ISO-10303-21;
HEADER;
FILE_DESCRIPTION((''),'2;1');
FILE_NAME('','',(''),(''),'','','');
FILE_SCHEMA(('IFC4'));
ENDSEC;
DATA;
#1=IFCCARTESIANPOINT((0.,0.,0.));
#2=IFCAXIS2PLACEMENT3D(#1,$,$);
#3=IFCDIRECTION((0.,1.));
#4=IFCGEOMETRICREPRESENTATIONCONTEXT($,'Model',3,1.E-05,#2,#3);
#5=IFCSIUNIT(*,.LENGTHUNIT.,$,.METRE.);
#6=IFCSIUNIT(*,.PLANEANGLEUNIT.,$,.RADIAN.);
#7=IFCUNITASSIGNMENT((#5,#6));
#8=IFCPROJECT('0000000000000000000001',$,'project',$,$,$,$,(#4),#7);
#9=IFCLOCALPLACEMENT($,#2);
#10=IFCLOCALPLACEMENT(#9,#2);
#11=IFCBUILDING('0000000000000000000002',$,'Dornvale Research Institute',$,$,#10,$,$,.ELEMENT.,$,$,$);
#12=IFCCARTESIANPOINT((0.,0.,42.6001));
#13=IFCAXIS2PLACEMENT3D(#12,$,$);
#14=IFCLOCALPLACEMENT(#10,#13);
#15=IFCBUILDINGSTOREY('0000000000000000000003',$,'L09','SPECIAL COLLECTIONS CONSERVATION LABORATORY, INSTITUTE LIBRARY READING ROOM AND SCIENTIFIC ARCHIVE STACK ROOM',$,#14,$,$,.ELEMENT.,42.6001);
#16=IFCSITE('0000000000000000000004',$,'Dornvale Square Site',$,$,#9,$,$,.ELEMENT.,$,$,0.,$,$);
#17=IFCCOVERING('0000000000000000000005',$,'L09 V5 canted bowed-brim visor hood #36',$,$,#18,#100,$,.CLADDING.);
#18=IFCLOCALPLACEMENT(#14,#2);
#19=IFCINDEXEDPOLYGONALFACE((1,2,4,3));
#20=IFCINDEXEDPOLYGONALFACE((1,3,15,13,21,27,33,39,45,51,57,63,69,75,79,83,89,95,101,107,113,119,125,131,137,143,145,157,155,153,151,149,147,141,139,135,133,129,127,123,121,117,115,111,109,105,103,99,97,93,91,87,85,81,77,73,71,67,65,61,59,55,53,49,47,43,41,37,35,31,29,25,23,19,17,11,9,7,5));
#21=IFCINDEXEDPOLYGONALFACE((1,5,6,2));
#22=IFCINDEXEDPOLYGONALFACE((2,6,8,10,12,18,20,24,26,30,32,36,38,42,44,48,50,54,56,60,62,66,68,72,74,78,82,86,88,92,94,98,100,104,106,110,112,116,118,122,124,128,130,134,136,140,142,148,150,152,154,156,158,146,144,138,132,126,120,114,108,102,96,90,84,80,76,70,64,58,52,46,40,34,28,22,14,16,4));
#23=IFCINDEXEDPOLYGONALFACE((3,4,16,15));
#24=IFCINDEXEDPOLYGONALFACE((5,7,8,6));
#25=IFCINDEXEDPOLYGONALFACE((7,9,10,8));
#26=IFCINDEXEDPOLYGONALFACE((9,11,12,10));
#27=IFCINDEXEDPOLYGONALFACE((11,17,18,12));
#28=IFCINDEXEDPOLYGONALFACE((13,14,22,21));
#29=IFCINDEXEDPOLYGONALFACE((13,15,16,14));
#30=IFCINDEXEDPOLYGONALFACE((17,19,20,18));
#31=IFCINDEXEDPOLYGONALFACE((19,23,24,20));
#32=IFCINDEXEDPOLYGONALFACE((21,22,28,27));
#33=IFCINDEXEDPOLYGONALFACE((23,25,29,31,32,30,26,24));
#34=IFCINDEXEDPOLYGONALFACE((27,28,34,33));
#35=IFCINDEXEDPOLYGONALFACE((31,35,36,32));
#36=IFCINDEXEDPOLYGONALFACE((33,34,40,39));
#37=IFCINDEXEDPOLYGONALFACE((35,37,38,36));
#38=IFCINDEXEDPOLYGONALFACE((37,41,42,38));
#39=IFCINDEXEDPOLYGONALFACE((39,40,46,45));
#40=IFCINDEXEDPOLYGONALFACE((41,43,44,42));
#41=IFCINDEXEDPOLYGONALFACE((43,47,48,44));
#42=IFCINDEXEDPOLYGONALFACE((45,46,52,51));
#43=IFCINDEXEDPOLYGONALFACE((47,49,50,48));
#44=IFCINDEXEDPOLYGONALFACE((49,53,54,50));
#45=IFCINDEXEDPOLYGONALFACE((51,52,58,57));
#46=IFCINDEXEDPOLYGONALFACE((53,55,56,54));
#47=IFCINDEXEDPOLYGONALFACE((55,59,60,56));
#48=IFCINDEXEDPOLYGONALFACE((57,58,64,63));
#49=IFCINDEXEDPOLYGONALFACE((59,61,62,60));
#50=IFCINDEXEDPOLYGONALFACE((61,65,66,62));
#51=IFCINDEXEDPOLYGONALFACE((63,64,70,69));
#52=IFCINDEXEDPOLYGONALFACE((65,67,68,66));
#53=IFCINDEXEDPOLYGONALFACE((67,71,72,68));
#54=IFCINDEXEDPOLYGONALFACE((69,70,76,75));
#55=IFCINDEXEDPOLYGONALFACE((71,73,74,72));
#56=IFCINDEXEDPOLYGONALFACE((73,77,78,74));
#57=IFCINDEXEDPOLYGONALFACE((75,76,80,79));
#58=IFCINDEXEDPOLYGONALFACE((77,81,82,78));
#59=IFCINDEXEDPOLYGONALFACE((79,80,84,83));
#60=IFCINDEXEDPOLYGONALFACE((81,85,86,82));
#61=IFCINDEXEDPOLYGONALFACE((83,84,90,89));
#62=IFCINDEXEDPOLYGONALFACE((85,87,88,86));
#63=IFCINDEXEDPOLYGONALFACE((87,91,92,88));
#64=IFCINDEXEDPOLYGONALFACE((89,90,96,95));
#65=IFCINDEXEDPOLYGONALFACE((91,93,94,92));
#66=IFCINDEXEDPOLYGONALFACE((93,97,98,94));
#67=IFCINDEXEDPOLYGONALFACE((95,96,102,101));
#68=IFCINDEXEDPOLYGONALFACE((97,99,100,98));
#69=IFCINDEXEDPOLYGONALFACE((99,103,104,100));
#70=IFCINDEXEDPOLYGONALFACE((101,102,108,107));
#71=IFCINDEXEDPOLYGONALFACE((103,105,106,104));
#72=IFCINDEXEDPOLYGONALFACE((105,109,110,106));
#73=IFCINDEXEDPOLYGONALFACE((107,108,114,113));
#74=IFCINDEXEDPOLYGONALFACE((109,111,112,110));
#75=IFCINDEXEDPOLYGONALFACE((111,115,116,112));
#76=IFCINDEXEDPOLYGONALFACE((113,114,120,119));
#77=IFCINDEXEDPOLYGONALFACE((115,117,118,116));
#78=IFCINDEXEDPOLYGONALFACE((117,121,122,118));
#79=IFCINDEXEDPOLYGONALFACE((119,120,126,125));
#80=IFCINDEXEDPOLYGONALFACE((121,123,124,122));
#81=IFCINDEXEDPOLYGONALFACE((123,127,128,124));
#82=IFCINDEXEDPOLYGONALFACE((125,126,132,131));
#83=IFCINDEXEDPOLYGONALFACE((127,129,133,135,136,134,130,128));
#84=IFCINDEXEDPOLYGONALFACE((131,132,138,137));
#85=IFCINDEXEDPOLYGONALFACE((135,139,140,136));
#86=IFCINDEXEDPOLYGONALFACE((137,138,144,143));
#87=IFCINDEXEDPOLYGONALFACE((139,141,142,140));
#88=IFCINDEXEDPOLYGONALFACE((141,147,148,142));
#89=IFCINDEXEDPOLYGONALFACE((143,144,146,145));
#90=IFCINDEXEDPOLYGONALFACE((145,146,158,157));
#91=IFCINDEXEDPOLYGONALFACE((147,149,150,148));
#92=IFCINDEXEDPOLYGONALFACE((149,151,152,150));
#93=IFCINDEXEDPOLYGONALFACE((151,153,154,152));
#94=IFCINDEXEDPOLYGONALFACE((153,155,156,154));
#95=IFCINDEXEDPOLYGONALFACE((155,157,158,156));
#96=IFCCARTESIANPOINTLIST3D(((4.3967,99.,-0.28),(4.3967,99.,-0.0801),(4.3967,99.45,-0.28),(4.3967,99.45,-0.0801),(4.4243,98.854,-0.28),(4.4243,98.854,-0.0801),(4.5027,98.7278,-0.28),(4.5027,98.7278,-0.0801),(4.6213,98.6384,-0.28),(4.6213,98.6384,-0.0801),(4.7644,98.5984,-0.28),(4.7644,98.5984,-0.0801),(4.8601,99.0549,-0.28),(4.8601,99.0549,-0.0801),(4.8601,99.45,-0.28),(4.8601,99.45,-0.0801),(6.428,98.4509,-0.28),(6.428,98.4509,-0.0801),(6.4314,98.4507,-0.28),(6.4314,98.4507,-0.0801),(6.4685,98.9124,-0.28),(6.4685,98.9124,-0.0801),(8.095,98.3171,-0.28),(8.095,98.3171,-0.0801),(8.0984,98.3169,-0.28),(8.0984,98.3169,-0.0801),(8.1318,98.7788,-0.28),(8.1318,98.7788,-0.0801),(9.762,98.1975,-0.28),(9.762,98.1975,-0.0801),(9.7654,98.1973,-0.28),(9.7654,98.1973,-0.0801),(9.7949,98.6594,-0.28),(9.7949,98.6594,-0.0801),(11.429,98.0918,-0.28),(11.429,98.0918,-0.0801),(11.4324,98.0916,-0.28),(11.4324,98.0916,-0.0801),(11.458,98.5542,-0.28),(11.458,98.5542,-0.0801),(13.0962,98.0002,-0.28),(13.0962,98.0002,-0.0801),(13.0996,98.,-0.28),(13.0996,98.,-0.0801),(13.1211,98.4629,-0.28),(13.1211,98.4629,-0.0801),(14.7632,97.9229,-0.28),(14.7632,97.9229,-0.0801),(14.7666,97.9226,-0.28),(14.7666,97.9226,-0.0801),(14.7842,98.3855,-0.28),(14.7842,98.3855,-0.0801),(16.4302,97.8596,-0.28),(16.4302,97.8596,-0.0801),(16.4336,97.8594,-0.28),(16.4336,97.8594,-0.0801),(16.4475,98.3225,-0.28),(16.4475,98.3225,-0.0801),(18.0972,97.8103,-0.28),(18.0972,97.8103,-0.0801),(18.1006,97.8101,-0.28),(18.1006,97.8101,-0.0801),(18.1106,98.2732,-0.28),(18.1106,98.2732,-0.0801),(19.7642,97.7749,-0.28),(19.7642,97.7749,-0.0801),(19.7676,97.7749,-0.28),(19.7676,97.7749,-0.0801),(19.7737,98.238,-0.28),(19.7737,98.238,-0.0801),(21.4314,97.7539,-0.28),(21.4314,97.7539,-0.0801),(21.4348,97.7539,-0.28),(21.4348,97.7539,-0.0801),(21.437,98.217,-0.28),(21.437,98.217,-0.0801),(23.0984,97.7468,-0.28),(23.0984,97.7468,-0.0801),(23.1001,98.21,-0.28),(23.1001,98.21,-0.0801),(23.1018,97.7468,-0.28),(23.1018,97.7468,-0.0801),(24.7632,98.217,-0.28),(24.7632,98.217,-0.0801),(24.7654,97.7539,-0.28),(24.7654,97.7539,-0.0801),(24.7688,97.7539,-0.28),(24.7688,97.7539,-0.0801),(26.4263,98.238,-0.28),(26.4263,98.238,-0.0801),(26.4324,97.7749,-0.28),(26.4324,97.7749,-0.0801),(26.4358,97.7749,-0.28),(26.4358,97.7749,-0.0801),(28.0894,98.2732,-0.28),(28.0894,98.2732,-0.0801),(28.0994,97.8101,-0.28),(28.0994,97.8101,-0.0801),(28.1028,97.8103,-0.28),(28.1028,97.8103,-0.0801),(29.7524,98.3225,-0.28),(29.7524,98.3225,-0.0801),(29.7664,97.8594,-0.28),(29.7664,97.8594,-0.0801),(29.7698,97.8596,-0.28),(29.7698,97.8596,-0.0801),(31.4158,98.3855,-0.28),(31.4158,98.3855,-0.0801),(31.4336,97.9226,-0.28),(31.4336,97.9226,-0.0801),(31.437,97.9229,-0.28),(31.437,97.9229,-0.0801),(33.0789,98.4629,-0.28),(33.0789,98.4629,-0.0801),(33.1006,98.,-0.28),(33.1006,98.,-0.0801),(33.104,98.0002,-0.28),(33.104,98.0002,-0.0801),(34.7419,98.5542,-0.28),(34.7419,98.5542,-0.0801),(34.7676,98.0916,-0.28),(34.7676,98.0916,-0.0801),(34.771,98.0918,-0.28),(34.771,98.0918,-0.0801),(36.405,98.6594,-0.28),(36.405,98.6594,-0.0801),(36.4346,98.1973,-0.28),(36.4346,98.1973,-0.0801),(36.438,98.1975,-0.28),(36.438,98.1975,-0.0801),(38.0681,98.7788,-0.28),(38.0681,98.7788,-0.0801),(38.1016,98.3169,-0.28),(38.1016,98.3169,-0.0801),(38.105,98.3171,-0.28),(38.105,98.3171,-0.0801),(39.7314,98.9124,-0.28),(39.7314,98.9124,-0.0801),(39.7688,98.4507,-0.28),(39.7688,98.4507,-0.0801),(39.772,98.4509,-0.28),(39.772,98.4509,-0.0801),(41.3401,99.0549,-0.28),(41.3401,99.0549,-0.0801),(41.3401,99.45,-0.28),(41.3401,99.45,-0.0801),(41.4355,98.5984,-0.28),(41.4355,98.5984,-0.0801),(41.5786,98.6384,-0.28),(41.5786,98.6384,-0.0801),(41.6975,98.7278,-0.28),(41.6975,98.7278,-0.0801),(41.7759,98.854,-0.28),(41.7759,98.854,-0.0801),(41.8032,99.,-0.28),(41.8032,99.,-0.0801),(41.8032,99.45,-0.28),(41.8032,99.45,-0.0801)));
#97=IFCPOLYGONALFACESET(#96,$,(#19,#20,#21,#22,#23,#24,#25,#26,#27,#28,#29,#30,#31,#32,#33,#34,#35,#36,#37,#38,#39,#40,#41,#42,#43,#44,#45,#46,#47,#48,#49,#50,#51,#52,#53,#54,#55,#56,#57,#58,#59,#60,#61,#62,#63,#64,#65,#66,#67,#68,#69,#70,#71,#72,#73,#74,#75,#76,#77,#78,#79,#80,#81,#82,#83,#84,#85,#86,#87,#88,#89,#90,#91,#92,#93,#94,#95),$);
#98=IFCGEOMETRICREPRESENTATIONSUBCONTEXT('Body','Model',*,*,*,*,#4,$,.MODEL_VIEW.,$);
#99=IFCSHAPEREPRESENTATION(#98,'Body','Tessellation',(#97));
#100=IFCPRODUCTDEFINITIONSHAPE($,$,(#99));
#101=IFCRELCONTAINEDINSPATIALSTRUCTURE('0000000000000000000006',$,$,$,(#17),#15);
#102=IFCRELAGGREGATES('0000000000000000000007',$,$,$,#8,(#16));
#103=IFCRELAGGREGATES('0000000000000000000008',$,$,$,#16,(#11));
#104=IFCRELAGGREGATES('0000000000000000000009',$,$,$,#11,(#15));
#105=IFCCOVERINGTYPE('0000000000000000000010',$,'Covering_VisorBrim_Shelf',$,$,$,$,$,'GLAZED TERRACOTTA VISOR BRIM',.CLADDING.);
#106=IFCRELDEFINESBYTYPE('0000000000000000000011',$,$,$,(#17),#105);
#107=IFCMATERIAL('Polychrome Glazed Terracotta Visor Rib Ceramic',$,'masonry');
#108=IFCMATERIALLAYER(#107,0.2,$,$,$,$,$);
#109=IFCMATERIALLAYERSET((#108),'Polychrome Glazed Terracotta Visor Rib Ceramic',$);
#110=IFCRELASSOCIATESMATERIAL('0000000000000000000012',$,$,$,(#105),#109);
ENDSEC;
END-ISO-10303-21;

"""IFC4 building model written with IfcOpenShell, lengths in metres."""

from ifc_helpers import new_model, si_unit, direction, frame, origin, place, context, subcontext, project, spatial, polyline, outline, extrude, material, layer, layer_set, type_object, element, save


model = new_model("IFC4")

# Units and contexts
model_context = context("Model", 3, precision=1e-05, world=origin(), true_north=direction((0.0, 1.0)))
body_context = subcontext(model_context, "Body", "Model", "MODEL_VIEW")
ifc_project = project(units=[si_unit("LENGTHUNIT", "METRE"), si_unit("PLANEANGLEUNIT", "RADIAN")], contexts=[model_context])

# Site, building, storey
site_placement = place(None, origin())
site = spatial("IfcSite", under=ifc_project, at=site_placement, Name="Dornvale Square Site", CompositionType="ELEMENT", RefElevation=0.0)
building_placement = place(site_placement, origin())
building = spatial("IfcBuilding", under=site, at=building_placement, Name="Dornvale Research Institute", CompositionType="ELEMENT")
storey_placement = place(building_placement, frame((0.0, 0.0, 42.6001)))
storey = spatial("IfcBuildingStorey", under=building, at=storey_placement, Name="L09", Description="SPECIAL COLLECTIONS CONSERVATION LABORATORY, INSTITUTE LIBRARY READING ROOM AND SCIENTIFIC ARCHIVE STACK ROOM", CompositionType="ELEMENT", Elevation=42.6001)

# Covering
ifc_material_1 = material(Name="Polychrome Glazed Terracotta Visor Rib Ceramic", Category="masonry")
ifc_layer_1 = layer(ifc_material_1, 0.2)
ifc_layer_set_1 = layer_set([ifc_layer_1], Name="Polychrome Glazed Terracotta Visor Rib Ceramic")
covering_type_1 = type_object("IfcCoveringType", Name="Covering_VisorBrim_Shelf", ElementType="GLAZED TERRACOTTA VISOR BRIM", PredefinedType="CLADDING", material=ifc_layer_set_1)
covering_1_placement = place(storey_placement, frame((0.0, 0.0, -0.28)))
element("IfcCovering", 1, at=covering_1_placement, inside=storey, type_object=covering_type_1, Name="L09 V5 canted bowed-brim visor hood #36", PredefinedType="CLADDING", context=body_context, shape_type="SweptSolid", body=[
    extrude(outline(polyline([(41.8032, 99.0), (41.7759, 98.854), (41.6975, 98.7278), (41.5786, 98.6384), (41.4355, 98.5984), (39.772, 98.4509), (39.7688, 98.4507), (38.105, 98.3171), (38.1016, 98.3169), (36.438, 98.1975), (36.4346, 98.1973), (34.771, 98.0918), (34.7676, 98.0916), (33.104, 98.0002), (33.1006, 98.0), (31.437, 97.9229), (31.4336, 97.9226), (29.7698, 97.8596), (29.7664, 97.8594), (28.1028, 97.8103), (28.0994, 97.8101), (26.4358, 97.7749), (26.4324, 97.7749), (24.7688, 97.7539), (24.7654, 97.7539), (23.1018, 97.7468), (23.0984, 97.7468), (21.4348, 97.7539), (21.4314, 97.7539), (19.7676, 97.7749), (19.7642, 97.7749), (18.1006, 97.8101), (18.0972, 97.8103), (16.4336, 97.8594), (16.4302, 97.8596), (14.7666, 97.9226), (14.7632, 97.9229), (13.0996, 98.0), (13.0962, 98.0002), (11.4324, 98.0916), (11.429, 98.0918), (9.7654, 98.1973), (9.762, 98.1975), (8.0984, 98.3169), (8.095, 98.3171), (6.4314, 98.4507), (6.428, 98.4509), (4.7644, 98.5984), (4.6213, 98.6384), (4.5027, 98.7278), (4.4243, 98.854), (4.3967, 99.0), (4.3967, 99.45), (4.8601, 99.45), (4.8601, 99.0549), (6.4685, 98.9124), (8.1318, 98.7788), (9.7949, 98.6594), (11.458, 98.5542), (13.1211, 98.4629), (14.7842, 98.3855), (16.4475, 98.3225), (18.1106, 98.2732), (19.7737, 98.238), (21.437, 98.217), (23.1001, 98.21), (24.7632, 98.217), (26.4263, 98.238), (28.0894, 98.2732), (29.7524, 98.3225), (31.4158, 98.3855), (33.0789, 98.4629), (34.7419, 98.5542), (36.405, 98.6594), (38.0681, 98.7788), (39.7314, 98.9124), (41.3401, 99.0549), (41.3401, 99.45), (41.8032, 99.45), (41.8032, 99.0)])), origin(), (0.0, 0.0, 1.0), 0.2),
])

save(model, "model.ifc")
